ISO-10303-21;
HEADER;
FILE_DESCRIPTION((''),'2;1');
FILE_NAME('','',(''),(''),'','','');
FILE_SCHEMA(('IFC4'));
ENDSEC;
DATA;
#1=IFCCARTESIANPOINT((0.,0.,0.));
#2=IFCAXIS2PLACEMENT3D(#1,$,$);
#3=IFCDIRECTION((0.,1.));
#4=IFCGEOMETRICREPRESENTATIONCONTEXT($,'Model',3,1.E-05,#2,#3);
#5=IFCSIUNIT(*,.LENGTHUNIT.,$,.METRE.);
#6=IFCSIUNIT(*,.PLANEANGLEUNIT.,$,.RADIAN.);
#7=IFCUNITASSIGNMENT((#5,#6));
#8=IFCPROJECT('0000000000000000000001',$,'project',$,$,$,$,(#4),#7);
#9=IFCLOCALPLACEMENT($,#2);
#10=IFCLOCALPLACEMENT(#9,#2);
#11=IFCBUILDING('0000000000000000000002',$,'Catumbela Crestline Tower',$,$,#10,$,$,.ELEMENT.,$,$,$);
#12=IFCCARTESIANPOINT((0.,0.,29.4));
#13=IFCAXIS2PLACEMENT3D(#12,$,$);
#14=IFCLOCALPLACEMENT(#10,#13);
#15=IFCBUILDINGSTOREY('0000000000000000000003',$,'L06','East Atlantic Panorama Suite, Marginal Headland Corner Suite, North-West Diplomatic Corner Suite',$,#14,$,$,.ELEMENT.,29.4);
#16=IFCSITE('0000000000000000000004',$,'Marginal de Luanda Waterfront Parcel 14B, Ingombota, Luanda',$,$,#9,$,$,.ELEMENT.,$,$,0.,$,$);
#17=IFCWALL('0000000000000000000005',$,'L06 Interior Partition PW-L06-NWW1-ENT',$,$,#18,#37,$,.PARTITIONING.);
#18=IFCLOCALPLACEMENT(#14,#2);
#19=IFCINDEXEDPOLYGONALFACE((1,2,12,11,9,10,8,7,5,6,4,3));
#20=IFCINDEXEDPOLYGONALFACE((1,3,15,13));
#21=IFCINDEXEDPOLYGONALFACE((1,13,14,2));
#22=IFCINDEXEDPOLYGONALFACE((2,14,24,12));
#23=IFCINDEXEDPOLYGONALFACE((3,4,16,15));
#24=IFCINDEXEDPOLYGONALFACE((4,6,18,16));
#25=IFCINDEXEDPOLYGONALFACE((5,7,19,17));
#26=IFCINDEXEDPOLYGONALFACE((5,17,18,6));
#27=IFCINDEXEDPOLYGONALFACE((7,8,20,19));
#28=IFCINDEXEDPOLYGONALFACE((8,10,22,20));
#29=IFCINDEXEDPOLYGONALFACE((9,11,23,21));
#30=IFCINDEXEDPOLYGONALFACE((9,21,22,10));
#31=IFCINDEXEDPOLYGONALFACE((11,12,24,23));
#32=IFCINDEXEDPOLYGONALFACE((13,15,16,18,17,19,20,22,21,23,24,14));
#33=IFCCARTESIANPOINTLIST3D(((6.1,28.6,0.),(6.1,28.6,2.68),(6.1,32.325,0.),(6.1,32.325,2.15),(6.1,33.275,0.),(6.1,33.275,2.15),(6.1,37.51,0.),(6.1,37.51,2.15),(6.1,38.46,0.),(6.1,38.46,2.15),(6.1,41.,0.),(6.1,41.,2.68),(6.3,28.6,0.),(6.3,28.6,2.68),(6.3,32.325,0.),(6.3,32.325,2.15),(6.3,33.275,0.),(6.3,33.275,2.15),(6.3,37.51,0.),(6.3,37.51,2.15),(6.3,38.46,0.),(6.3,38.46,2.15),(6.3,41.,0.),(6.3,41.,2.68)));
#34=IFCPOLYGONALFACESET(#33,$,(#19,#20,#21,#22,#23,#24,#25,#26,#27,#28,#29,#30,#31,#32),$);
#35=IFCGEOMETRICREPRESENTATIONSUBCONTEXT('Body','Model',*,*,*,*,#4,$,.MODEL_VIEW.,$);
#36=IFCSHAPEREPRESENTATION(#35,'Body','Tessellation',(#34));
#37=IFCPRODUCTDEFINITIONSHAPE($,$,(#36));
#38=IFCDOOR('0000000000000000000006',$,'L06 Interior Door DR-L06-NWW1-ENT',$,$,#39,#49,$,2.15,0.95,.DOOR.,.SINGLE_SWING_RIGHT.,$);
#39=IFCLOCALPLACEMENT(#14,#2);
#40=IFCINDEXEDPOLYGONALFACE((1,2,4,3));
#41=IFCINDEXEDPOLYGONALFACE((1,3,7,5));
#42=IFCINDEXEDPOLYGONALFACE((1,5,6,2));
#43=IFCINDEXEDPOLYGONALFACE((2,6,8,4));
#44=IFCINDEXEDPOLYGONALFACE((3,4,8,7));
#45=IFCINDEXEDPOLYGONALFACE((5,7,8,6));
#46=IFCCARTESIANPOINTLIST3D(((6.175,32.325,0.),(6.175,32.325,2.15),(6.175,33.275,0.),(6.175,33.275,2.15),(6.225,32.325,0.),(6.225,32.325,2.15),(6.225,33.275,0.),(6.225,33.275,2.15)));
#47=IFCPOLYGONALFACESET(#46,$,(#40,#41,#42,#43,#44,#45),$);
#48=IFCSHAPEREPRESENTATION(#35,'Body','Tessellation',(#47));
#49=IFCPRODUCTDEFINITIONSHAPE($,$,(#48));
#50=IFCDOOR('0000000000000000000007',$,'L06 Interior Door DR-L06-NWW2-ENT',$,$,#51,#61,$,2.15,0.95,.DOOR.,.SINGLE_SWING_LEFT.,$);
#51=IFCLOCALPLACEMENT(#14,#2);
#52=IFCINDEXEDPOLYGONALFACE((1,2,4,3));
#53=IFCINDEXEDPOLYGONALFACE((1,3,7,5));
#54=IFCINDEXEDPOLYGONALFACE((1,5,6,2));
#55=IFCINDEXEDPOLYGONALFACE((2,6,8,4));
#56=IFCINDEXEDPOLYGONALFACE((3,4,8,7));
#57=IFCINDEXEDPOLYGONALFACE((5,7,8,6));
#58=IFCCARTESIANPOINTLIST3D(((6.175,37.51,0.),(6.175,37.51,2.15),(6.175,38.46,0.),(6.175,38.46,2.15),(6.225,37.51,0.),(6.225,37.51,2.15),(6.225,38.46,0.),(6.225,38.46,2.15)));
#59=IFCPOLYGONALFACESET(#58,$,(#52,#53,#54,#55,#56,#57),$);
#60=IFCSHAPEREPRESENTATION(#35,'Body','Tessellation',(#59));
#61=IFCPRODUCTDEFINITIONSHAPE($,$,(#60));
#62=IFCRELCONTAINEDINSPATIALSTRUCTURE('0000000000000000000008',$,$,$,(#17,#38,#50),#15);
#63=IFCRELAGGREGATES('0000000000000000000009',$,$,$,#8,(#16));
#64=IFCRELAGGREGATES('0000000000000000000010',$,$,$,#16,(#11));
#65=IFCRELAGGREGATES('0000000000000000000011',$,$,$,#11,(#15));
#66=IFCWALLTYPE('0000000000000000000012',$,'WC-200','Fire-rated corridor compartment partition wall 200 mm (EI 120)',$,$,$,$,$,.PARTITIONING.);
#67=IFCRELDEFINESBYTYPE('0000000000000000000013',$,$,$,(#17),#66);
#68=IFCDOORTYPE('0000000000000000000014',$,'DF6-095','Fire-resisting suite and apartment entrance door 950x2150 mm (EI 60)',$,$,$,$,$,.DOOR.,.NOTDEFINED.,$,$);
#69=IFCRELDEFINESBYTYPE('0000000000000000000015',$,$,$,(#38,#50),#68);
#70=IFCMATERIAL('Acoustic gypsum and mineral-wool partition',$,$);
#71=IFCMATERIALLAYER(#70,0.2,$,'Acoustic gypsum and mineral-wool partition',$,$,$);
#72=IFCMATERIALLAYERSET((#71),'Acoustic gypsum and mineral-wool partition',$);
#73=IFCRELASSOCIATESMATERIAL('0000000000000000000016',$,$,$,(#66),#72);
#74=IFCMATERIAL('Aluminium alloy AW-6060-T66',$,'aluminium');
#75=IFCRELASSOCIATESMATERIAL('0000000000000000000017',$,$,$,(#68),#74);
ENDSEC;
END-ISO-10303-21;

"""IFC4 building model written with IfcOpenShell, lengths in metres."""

from ifc_helpers import new_model, si_unit, direction, frame, frame_2d, origin, place, context, subcontext, project, spatial, rectangle, extrude, material, layer, layer_set, type_object, element, fill, save


model = new_model("IFC4")

# Units and contexts
model_context = context("Model", 3, precision=1e-05, world=origin(), true_north=direction((0.0, 1.0)))
body_context = subcontext(model_context, "Body", "Model", "MODEL_VIEW")
ifc_project = project(units=[si_unit("LENGTHUNIT", "METRE"), si_unit("PLANEANGLEUNIT", "RADIAN")], contexts=[model_context])

# Site, building, storey
site_placement = place(None, origin())
site = spatial("IfcSite", under=ifc_project, at=site_placement, Name="Marginal de Luanda Waterfront Parcel 14B, Ingombota, Luanda", CompositionType="ELEMENT", RefElevation=0.0)
building_placement = place(site_placement, origin())
building = spatial("IfcBuilding", under=site, at=building_placement, Name="Catumbela Crestline Tower", CompositionType="ELEMENT")
storey_placement = place(building_placement, frame((0.0, 0.0, 29.4)))
storey = spatial("IfcBuildingStorey", under=building, at=storey_placement, Name="L06", Description="East Atlantic Panorama Suite, Marginal Headland Corner Suite, North-West Diplomatic Corner Suite", CompositionType="ELEMENT", Elevation=29.4)

# Shared definitions
ifc_material_1 = material(Name="Acoustic gypsum and mineral-wool partition")
ifc_layer = layer(ifc_material_1, 0.2, Name="Acoustic gypsum and mineral-wool partition")
ifc_layer_set = layer_set([ifc_layer], Name="Acoustic gypsum and mineral-wool partition")
wall_type = type_object("IfcWallType", Name="WC-200", Description="Fire-rated corridor compartment partition wall 200 mm (EI 120)", PredefinedType="PARTITIONING", material=ifc_layer_set)
ifc_material_2 = material(Name="Aluminium alloy AW-6060-T66", Category="aluminium")
door_type_1 = type_object("IfcDoorType", Name="DF6-095", Description="Fire-resisting suite and apartment entrance door 950x2150 mm (EI 60)", OperationType="NOTDEFINED", PredefinedType="DOOR", material=ifc_material_2)

# Wall, openings, doors
wall_1_placement = place(storey_placement, frame((6.2, 28.6, 0.0), z_axis=(0.0, 0.0, 1.0), x_axis=(0.0, 1.0, 0.0)))
wall_1 = element("IfcWall", 1, at=wall_1_placement, inside=storey, type_object=wall_type, Name="L06 Interior Partition PW-L06-NWW1-ENT", PredefinedType="PARTITIONING", context=body_context, shape_type="SweptSolid", body=[
    extrude(rectangle(XDim=12.4, YDim=0.2, at=frame_2d((6.2, 0.0))), origin(), (0.0, 0.0, 1.0), 2.68),
])
opening_1_placement = place(wall_1_placement, frame((3.725, 0.0, 0.0)))
opening_1 = element("IfcOpeningElement", 2, at=opening_1_placement, cuts=wall_1, PredefinedType="OPENING", context=body_context, shape_type="SweptSolid", body=[
    extrude(rectangle(XDim=0.95, YDim=2.15, at=frame_2d((0.475, 1.075))), frame((0.0, 0.11, 0.0), z_axis=(0.0, -1.0, 0.0), x_axis=(1.0, 0.0, 0.0)), (0.0, 0.0, 1.0), 0.22),
])
opening_2_placement = place(wall_1_placement, frame((8.91, 0.0, 0.0)))
opening_2 = element("IfcOpeningElement", 3, at=opening_2_placement, cuts=wall_1, PredefinedType="OPENING", context=body_context, shape_type="SweptSolid", body=[
    extrude(rectangle(XDim=0.95, YDim=2.15, at=frame_2d((0.475, 1.075))), frame((0.0, 0.11, 0.0), z_axis=(0.0, -1.0, 0.0), x_axis=(1.0, 0.0, 0.0)), (0.0, 0.0, 1.0), 0.22),
])
door_1_placement = place(opening_1_placement, origin())
door_1 = element("IfcDoor", 4, at=door_1_placement, inside=storey, type_object=door_type_1, Name="L06 Interior Door DR-L06-NWW1-ENT", OperationType="SINGLE_SWING_RIGHT", OverallHeight=2.15, OverallWidth=0.95, PredefinedType="DOOR", context=body_context, shape_type="SweptSolid", body=[
    extrude(rectangle(XDim=0.95, YDim=2.15, at=frame_2d((0.475, 1.075))), frame((0.0, 0.025, 0.0), z_axis=(0.0, -1.0, 0.0), x_axis=(1.0, 0.0, 0.0)), (0.0, 0.0, 1.0), 0.05),
])
fill(opening_1, door_1)
door_2_placement = place(opening_2_placement, origin())
door_2 = element("IfcDoor", 5, at=door_2_placement, inside=storey, type_object=door_type_1, Name="L06 Interior Door DR-L06-NWW2-ENT", OperationType="SINGLE_SWING_LEFT", OverallHeight=2.15, OverallWidth=0.95, PredefinedType="DOOR", context=body_context, shape_type="SweptSolid", body=[
    extrude(rectangle(XDim=0.95, YDim=2.15, at=frame_2d((0.475, 1.075))), frame((0.0, 0.025, 0.0), z_axis=(0.0, -1.0, 0.0), x_axis=(1.0, 0.0, 0.0)), (0.0, 0.0, 1.0), 0.05),
])
fill(opening_2, door_2)

save(model, "model.ifc")
